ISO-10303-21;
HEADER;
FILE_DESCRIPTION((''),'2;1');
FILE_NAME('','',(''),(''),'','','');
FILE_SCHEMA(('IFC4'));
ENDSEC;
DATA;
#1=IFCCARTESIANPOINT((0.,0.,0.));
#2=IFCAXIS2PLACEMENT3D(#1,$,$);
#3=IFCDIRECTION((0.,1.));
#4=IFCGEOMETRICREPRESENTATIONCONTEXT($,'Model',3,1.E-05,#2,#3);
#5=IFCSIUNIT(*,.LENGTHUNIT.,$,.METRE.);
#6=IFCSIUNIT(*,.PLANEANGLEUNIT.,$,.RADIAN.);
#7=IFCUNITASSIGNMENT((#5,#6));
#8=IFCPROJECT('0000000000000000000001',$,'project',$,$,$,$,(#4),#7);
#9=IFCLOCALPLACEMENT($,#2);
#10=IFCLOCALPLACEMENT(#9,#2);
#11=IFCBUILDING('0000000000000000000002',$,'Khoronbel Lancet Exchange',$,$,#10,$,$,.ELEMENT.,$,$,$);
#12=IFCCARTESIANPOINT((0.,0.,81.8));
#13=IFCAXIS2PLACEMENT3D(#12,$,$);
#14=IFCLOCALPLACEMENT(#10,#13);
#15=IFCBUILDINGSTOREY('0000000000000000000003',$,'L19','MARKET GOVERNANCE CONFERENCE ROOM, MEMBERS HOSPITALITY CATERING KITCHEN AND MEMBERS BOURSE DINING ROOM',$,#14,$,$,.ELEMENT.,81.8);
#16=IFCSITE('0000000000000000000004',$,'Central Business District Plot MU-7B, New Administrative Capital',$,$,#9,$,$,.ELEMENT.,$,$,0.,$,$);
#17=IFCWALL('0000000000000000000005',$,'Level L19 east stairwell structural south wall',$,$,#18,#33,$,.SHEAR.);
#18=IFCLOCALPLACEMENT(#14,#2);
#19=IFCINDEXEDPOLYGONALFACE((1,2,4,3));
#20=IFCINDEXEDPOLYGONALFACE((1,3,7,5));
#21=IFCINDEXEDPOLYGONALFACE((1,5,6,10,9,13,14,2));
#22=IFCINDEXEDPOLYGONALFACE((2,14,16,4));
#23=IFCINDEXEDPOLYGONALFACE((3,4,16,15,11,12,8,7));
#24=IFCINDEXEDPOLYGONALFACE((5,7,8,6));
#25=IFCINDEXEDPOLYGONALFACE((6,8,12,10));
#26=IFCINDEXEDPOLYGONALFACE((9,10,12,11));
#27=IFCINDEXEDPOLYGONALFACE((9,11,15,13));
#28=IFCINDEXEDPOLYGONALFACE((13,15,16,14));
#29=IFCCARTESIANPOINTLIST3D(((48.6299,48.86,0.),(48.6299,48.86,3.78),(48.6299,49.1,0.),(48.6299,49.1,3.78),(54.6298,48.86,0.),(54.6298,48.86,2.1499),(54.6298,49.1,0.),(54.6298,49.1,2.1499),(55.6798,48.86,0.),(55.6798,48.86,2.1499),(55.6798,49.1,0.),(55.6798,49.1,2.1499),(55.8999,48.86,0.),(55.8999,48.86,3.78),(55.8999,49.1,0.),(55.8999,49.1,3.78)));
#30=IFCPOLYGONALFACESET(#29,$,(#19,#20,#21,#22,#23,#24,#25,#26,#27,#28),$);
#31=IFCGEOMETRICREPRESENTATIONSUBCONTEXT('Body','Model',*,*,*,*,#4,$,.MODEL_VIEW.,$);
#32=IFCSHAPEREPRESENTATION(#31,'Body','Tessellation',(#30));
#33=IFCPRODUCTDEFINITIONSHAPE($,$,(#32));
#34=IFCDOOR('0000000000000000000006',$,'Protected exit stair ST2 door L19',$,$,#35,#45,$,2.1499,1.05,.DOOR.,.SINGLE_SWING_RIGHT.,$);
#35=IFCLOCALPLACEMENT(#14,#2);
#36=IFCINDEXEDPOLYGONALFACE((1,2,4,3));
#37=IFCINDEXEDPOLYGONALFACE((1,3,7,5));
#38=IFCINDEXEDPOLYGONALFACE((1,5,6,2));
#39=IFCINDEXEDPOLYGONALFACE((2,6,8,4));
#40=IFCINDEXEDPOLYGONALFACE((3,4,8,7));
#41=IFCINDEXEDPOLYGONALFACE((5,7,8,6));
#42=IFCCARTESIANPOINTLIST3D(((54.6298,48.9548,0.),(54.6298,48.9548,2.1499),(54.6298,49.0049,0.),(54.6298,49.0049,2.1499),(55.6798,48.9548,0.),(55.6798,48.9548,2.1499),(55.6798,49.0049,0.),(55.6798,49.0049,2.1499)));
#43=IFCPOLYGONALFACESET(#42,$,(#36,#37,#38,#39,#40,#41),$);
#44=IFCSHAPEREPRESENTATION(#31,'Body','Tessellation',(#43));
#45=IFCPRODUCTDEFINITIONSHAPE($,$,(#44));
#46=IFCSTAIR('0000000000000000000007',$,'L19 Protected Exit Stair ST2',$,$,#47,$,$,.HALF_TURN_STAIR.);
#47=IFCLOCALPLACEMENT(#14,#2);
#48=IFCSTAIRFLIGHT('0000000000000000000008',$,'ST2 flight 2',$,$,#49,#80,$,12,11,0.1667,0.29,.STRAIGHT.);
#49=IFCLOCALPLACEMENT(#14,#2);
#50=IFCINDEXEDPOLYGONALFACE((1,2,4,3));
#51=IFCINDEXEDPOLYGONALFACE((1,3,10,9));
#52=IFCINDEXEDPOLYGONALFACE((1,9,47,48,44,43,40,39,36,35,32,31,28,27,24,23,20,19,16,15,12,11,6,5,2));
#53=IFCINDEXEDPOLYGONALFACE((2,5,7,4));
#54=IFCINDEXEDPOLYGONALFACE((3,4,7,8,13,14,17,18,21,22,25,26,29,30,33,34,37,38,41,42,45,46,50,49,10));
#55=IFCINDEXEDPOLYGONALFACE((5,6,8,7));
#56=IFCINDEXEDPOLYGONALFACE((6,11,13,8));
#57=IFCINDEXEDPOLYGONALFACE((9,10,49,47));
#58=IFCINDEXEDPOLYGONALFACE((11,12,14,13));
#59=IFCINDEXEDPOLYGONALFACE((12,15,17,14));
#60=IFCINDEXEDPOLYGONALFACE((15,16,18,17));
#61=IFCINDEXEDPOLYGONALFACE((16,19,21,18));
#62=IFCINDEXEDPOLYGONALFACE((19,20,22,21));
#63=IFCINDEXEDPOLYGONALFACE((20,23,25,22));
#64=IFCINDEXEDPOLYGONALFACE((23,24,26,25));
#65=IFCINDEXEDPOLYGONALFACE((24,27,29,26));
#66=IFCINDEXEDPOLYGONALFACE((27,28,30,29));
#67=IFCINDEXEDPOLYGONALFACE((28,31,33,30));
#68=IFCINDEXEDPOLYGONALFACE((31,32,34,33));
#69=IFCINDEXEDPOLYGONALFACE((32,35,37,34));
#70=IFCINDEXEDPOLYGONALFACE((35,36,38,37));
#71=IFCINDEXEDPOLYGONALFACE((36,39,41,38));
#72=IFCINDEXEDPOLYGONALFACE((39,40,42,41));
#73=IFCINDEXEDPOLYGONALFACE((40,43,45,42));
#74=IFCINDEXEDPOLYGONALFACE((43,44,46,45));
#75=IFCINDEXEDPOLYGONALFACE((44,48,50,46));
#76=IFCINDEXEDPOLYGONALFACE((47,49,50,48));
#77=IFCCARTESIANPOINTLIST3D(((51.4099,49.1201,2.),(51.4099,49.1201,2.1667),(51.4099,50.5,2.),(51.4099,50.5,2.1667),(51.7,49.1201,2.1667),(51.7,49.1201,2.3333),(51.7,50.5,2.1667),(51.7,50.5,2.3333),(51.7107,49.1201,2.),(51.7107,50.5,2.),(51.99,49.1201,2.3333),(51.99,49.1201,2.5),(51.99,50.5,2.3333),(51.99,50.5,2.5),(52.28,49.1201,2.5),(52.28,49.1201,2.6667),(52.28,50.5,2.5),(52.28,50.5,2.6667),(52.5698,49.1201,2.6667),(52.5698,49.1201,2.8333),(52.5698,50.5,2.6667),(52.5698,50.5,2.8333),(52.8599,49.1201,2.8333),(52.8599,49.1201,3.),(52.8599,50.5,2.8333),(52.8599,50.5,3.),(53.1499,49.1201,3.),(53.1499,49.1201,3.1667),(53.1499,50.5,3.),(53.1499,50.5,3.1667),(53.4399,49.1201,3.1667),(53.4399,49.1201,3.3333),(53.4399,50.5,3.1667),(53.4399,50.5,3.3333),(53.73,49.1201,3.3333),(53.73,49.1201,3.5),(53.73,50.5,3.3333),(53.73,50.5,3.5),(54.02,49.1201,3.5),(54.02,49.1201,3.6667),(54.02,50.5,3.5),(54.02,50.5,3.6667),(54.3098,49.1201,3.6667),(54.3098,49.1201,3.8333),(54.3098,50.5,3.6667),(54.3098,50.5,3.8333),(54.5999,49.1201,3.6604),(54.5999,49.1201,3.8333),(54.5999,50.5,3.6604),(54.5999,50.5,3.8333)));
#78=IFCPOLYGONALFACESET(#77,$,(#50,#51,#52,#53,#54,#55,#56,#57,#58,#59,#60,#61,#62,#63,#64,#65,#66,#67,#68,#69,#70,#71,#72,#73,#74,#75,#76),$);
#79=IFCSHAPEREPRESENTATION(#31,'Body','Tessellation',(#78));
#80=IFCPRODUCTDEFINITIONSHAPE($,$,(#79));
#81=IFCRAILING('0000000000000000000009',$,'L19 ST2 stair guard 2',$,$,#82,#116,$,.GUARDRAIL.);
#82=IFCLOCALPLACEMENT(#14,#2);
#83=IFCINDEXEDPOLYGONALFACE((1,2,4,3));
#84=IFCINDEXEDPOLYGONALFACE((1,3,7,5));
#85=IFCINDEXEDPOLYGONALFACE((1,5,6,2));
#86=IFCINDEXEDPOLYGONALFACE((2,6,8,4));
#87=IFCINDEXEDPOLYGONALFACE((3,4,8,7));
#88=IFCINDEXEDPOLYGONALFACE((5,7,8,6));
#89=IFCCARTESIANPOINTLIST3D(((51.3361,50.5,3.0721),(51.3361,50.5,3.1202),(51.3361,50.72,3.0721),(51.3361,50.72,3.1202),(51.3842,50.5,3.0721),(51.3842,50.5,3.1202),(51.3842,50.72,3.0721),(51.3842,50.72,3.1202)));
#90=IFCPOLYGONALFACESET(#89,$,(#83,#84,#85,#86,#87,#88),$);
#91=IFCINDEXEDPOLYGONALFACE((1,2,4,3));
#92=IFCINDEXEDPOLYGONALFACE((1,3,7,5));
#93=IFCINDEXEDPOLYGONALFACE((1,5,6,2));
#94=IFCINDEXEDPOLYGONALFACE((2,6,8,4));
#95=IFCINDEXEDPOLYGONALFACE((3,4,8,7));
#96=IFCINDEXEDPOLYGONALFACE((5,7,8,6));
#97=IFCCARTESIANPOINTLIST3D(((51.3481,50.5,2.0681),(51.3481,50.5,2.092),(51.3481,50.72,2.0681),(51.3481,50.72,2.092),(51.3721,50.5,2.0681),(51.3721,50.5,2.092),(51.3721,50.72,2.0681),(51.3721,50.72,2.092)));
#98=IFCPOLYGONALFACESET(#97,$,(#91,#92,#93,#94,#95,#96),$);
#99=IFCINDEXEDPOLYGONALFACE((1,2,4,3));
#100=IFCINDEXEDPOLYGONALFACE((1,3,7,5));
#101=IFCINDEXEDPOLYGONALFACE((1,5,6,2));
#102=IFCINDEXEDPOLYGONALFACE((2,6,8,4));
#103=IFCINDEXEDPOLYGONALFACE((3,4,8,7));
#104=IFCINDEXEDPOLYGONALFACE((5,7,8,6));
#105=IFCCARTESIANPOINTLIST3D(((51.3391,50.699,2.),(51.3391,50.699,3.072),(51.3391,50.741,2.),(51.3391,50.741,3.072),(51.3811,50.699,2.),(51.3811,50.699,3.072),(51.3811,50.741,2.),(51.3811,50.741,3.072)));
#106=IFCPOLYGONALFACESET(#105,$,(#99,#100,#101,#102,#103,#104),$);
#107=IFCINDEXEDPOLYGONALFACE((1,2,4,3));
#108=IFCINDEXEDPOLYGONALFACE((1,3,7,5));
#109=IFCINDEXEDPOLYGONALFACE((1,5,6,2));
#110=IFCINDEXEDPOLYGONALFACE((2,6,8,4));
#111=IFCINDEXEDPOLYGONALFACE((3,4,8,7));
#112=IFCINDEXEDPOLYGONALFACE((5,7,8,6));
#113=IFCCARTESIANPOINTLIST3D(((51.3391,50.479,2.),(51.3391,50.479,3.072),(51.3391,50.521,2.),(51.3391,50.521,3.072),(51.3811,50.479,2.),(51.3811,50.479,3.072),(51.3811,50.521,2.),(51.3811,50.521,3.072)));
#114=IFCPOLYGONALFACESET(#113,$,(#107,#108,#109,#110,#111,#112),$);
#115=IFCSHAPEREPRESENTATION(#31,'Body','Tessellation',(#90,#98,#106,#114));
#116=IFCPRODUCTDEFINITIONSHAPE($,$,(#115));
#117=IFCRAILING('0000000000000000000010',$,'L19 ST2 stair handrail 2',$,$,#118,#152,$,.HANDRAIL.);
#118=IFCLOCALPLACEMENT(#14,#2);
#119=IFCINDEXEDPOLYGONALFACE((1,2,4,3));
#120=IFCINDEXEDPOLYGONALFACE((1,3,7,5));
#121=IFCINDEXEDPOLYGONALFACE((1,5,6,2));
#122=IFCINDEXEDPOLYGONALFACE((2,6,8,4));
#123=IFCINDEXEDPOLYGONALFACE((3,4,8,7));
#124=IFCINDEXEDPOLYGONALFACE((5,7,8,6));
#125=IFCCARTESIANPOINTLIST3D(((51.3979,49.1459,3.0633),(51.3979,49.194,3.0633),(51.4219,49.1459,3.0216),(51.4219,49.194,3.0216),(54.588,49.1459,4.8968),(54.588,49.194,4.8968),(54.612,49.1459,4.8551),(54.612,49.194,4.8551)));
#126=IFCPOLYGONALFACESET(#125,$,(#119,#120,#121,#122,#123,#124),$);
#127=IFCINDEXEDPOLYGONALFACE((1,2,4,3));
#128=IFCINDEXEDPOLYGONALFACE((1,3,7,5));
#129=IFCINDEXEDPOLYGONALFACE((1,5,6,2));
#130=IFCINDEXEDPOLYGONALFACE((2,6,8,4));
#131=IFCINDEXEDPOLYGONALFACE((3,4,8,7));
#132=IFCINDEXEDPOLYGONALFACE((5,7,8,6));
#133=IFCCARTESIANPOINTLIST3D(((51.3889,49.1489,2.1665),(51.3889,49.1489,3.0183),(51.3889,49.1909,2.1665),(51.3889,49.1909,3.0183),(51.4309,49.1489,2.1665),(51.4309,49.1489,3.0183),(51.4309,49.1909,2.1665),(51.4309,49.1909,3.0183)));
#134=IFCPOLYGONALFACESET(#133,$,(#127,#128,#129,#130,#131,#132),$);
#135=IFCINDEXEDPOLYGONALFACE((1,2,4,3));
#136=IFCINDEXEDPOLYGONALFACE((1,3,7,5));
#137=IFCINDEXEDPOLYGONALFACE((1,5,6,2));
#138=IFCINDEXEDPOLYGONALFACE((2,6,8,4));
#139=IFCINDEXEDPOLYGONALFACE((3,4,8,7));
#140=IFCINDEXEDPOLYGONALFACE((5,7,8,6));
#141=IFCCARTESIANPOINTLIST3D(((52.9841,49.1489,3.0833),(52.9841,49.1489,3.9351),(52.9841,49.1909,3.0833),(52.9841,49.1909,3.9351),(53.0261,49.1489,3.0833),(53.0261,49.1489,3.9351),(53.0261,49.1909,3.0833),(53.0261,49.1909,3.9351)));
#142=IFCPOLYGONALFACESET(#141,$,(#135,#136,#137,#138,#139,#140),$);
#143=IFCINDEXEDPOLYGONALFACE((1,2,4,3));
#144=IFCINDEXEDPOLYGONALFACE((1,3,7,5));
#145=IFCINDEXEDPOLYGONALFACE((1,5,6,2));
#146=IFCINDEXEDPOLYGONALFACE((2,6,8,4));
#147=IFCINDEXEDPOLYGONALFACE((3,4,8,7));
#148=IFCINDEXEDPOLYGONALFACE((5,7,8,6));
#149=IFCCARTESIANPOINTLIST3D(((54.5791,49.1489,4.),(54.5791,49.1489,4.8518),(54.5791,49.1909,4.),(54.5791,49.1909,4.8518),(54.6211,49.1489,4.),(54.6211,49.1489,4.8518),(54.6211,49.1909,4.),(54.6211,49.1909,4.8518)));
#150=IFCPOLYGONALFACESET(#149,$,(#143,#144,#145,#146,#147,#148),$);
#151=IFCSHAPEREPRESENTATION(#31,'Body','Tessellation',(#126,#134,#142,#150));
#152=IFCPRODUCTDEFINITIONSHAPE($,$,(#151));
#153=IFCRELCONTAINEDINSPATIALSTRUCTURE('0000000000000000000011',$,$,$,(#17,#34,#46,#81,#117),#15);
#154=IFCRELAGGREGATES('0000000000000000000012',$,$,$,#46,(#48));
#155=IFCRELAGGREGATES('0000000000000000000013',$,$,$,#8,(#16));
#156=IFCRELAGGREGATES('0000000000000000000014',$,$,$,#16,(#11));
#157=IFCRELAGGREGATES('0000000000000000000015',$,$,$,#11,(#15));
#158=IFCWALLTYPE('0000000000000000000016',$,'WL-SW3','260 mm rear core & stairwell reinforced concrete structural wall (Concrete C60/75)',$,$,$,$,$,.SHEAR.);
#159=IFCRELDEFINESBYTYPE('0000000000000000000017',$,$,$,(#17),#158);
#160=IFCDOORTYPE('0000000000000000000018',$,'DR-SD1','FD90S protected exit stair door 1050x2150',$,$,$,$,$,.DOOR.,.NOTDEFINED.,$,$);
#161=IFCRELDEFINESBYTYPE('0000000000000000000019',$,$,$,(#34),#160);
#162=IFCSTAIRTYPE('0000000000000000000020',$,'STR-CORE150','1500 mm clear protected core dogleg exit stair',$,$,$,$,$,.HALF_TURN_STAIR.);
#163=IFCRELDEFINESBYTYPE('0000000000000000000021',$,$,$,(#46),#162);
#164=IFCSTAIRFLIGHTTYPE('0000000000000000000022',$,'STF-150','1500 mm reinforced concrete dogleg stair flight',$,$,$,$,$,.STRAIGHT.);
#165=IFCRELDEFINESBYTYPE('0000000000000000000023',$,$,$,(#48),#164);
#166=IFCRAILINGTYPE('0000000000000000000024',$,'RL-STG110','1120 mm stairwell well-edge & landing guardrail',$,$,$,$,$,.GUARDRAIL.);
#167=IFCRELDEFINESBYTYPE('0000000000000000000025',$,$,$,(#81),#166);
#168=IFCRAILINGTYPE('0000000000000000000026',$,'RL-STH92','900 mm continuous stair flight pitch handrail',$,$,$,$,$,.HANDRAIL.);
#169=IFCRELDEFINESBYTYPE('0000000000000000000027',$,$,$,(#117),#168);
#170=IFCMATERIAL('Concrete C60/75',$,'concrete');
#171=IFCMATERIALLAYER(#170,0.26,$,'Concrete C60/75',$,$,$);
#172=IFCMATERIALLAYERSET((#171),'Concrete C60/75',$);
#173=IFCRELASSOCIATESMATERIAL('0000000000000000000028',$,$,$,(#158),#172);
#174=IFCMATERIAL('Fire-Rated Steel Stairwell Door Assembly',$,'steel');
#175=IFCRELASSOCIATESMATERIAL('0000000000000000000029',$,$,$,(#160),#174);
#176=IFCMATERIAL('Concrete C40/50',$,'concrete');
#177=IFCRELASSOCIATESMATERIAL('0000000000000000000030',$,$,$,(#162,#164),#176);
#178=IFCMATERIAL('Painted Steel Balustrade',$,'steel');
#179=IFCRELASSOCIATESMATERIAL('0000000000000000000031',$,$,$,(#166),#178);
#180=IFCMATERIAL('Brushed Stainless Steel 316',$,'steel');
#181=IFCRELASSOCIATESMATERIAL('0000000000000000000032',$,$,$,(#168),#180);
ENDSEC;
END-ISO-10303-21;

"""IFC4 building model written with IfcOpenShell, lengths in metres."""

from ifc_helpers import new_model, si_unit, direction, frame, frame_2d, origin, origin_2d, place, context, subcontext, project, spatial, polyline, rectangle, outline, extrude, material, layer, layer_set, type_object, element, fill, aggregate, save


model = new_model("IFC4")

# Units and contexts
model_context = context("Model", 3, precision=1e-05, world=origin(), true_north=direction((0.0, 1.0)))
body_context = subcontext(model_context, "Body", "Model", "MODEL_VIEW")
ifc_project = project(units=[si_unit("LENGTHUNIT", "METRE"), si_unit("PLANEANGLEUNIT", "RADIAN")], contexts=[model_context])

# Site, building, storey
site_placement = place(None, origin())
site = spatial("IfcSite", under=ifc_project, at=site_placement, Name="Central Business District Plot MU-7B, New Administrative Capital", CompositionType="ELEMENT", RefElevation=0.0)
building_placement = place(site_placement, origin())
building = spatial("IfcBuilding", under=site, at=building_placement, Name="Khoronbel Lancet Exchange", CompositionType="ELEMENT")
storey_placement = place(building_placement, frame((0.0, 0.0, 81.8)))
storey = spatial("IfcBuildingStorey", under=building, at=storey_placement, Name="L19", Description="MARKET GOVERNANCE CONFERENCE ROOM, MEMBERS HOSPITALITY CATERING KITCHEN AND MEMBERS BOURSE DINING ROOM", CompositionType="ELEMENT", Elevation=81.8)

# Wall, opening, door
ifc_material_1 = material(Name="Concrete C60/75", Category="concrete")
ifc_layer_1 = layer(ifc_material_1, 0.26, Name="Concrete C60/75")
ifc_layer_set_1 = layer_set([ifc_layer_1], Name="Concrete C60/75")
wall_type_1 = type_object("IfcWallType", Name="WL-SW3", Description="260 mm rear core & stairwell reinforced concrete structural wall (Concrete C60/75)", PredefinedType="SHEAR", material=ifc_layer_set_1)
wall_1_placement = place(storey_placement, frame((48.6299, 48.98, 0.0), z_axis=(0.0, 0.0, 1.0), x_axis=(1.0, 0.0, 0.0)))
wall_1 = element("IfcWall", 1, at=wall_1_placement, inside=storey, type_object=wall_type_1, Name="Level L19 east stairwell structural south wall", PredefinedType="SHEAR", context=body_context, shape_type="SweptSolid", body=[
    extrude(rectangle(XDim=7.27, YDim=0.24, at=frame_2d((3.635, 0.0))), origin(), (0.0, 0.0, 1.0), 3.78),
])
opening_1_placement = place(wall_1_placement, frame((6.0, 0.0, 0.0)))
opening_1 = element("IfcOpeningElement", 2, at=opening_1_placement, cuts=wall_1, PredefinedType="OPENING", context=body_context, shape_type="SweptSolid", body=[
    extrude(rectangle(XDim=1.05, YDim=2.1499, at=frame_2d((0.5249, 1.075))), frame((0.0, 0.1299, 0.0), z_axis=(0.0, -1.0, 0.0), x_axis=(1.0, 0.0, 0.0)), (0.0, 0.0, 1.0), 0.26),
])
ifc_material_2 = material(Name="Fire-Rated Steel Stairwell Door Assembly", Category="steel")
door_type_1 = type_object("IfcDoorType", Name="DR-SD1", Description="FD90S protected exit stair door 1050x2150", OperationType="NOTDEFINED", PredefinedType="DOOR", material=ifc_material_2)
door_1_placement = place(opening_1_placement, origin())
door_1 = element("IfcDoor", 3, at=door_1_placement, inside=storey, type_object=door_type_1, Name="Protected exit stair ST2 door L19", OperationType="SINGLE_SWING_RIGHT", OverallHeight=2.1499, OverallWidth=1.05, PredefinedType="DOOR", context=body_context, shape_type="SweptSolid", body=[
    extrude(rectangle(XDim=1.05, YDim=2.1499, at=frame_2d((0.5249, 1.075))), frame((0.0, 0.0249, 0.0), z_axis=(0.0, -1.0, 0.0), x_axis=(1.0, 0.0, 0.0)), (0.0, 0.0, 1.0), 0.05),
])
fill(opening_1, door_1)

# Stair, stair flight
ifc_material_3 = material(Name="Concrete C40/50", Category="concrete")
stair_type = type_object("IfcStairType", Name="STR-CORE150", Description="1500 mm clear protected core dogleg exit stair", PredefinedType="HALF_TURN_STAIR", material=ifc_material_3)
stair_placement = place(storey_placement, origin())
stair = element("IfcStair", 4, at=stair_placement, inside=storey, type_object=stair_type, Name="L19 Protected Exit Stair ST2", PredefinedType="HALF_TURN_STAIR")
stair_flight_type = type_object("IfcStairFlightType", Name="STF-150", Description="1500 mm reinforced concrete dogleg stair flight", PredefinedType="STRAIGHT", material=ifc_material_3)
stair_flight_placement = place(storey_placement, frame((51.4099, 49.8101, 2.0), z_axis=(0.0, 0.0, 1.0), x_axis=(1.0, 0.0, 0.0)))
stair_flight = element("IfcStairFlight", 5, at=stair_flight_placement, type_object=stair_flight_type, Name="ST2 flight 2", NumberOfRisers=12, NumberOfTreads=11, PredefinedType="STRAIGHT", RiserHeight=0.1667, TreadLength=0.29, context=body_context, shape_type="SweptSolid", body=[
    extrude(outline(polyline([(0.0, 0.0), (0.0, 0.1667), (0.29, 0.1667), (0.29, 0.3333), (0.5801, 0.3333), (0.5801, 0.5), (0.8701, 0.5), (0.8701, 0.6667), (1.1599, 0.6667), (1.1599, 0.8333), (1.45, 0.8333), (1.45, 1.0), (1.74, 1.0), (1.74, 1.1667), (2.03, 1.1667), (2.03, 1.3333), (2.3201, 1.3333), (2.3201, 1.5), (2.6101, 1.5), (2.6101, 1.6667), (2.8999, 1.6667), (2.8999, 1.8333), (3.1899, 1.8333), (3.1899, 2.0), (3.1899, 1.6604), (0.3008, 0.0), (0.0, 0.0)])), frame((0.0, 0.6899, 0.0), z_axis=(0.0, -1.0, 0.0), x_axis=(1.0, 0.0, 0.0)), (0.0, 0.0, 1.0), 1.3799),
])
aggregate(stair, [stair_flight])

# Railings
ifc_material_4 = material(Name="Painted Steel Balustrade", Category="steel")
railing_type_1 = type_object("IfcRailingType", Name="RL-STG110", Description="1120 mm stairwell well-edge & landing guardrail", PredefinedType="GUARDRAIL", material=ifc_material_4)
railing_1_placement = place(storey_placement, frame((51.3601, 50.72, 2.0)))
element("IfcRailing", 6, at=railing_1_placement, inside=storey, type_object=railing_type_1, Name="L19 ST2 stair guard 2", PredefinedType="GUARDRAIL", context=body_context, shape_type="SweptSolid", body=[
    extrude(rectangle(XDim=0.0481, YDim=0.0481, at=origin_2d()), frame((0.0, 0.0, 1.0962), z_axis=(0.0, -1.0, 0.0), x_axis=(1.0, 0.0, 0.0)), (0.0, 0.0, 1.0), 0.22),
    extrude(rectangle(XDim=0.0239, YDim=0.0239, at=origin_2d()), frame((0.0, 0.0, 0.0801), z_axis=(0.0, -1.0, 0.0), x_axis=(1.0, 0.0, 0.0)), (0.0, 0.0, 1.0), 0.22),
    extrude(rectangle(XDim=0.042, YDim=0.042, at=origin_2d()), origin(), (0.0, 0.0, 1.0), 1.072),
    extrude(rectangle(XDim=0.042, YDim=0.042, at=origin_2d()), frame((0.0, -0.22, 0.0)), (0.0, 0.0, 1.0), 1.072),
])
ifc_material_5 = material(Name="Brushed Stainless Steel 316", Category="steel")
railing_type_2 = type_object("IfcRailingType", Name="RL-STH92", Description="900 mm continuous stair flight pitch handrail", PredefinedType="HANDRAIL", material=ifc_material_5)
railing_2_placement = place(storey_placement, frame((51.4099, 49.1699, 2.1665)))
element("IfcRailing", 7, at=railing_2_placement, inside=storey, type_object=railing_type_2, Name="L19 ST2 stair handrail 2", PredefinedType="HANDRAIL", context=body_context, shape_type="SweptSolid", body=[
    extrude(rectangle(XDim=0.0481, YDim=0.0481, at=origin_2d()), frame((0.0, 0.0, 0.876), z_axis=(0.867007, 0.0, 0.498295), x_axis=(0.0, 1.0, 0.0)), (0.0, 0.0, 1.0), 3.6794),
    extrude(rectangle(XDim=0.042, YDim=0.042, at=origin_2d()), origin(), (0.0, 0.0, 1.0), 0.8518),
    extrude(rectangle(XDim=0.042, YDim=0.042, at=origin_2d()), frame((1.5952, 0.0, 0.9167)), (0.0, 0.0, 1.0), 0.8518),
    extrude(rectangle(XDim=0.042, YDim=0.042, at=origin_2d()), frame((3.1902, 0.0, 1.8335)), (0.0, 0.0, 1.0), 0.8518),
])

save(model, "model.ifc")
